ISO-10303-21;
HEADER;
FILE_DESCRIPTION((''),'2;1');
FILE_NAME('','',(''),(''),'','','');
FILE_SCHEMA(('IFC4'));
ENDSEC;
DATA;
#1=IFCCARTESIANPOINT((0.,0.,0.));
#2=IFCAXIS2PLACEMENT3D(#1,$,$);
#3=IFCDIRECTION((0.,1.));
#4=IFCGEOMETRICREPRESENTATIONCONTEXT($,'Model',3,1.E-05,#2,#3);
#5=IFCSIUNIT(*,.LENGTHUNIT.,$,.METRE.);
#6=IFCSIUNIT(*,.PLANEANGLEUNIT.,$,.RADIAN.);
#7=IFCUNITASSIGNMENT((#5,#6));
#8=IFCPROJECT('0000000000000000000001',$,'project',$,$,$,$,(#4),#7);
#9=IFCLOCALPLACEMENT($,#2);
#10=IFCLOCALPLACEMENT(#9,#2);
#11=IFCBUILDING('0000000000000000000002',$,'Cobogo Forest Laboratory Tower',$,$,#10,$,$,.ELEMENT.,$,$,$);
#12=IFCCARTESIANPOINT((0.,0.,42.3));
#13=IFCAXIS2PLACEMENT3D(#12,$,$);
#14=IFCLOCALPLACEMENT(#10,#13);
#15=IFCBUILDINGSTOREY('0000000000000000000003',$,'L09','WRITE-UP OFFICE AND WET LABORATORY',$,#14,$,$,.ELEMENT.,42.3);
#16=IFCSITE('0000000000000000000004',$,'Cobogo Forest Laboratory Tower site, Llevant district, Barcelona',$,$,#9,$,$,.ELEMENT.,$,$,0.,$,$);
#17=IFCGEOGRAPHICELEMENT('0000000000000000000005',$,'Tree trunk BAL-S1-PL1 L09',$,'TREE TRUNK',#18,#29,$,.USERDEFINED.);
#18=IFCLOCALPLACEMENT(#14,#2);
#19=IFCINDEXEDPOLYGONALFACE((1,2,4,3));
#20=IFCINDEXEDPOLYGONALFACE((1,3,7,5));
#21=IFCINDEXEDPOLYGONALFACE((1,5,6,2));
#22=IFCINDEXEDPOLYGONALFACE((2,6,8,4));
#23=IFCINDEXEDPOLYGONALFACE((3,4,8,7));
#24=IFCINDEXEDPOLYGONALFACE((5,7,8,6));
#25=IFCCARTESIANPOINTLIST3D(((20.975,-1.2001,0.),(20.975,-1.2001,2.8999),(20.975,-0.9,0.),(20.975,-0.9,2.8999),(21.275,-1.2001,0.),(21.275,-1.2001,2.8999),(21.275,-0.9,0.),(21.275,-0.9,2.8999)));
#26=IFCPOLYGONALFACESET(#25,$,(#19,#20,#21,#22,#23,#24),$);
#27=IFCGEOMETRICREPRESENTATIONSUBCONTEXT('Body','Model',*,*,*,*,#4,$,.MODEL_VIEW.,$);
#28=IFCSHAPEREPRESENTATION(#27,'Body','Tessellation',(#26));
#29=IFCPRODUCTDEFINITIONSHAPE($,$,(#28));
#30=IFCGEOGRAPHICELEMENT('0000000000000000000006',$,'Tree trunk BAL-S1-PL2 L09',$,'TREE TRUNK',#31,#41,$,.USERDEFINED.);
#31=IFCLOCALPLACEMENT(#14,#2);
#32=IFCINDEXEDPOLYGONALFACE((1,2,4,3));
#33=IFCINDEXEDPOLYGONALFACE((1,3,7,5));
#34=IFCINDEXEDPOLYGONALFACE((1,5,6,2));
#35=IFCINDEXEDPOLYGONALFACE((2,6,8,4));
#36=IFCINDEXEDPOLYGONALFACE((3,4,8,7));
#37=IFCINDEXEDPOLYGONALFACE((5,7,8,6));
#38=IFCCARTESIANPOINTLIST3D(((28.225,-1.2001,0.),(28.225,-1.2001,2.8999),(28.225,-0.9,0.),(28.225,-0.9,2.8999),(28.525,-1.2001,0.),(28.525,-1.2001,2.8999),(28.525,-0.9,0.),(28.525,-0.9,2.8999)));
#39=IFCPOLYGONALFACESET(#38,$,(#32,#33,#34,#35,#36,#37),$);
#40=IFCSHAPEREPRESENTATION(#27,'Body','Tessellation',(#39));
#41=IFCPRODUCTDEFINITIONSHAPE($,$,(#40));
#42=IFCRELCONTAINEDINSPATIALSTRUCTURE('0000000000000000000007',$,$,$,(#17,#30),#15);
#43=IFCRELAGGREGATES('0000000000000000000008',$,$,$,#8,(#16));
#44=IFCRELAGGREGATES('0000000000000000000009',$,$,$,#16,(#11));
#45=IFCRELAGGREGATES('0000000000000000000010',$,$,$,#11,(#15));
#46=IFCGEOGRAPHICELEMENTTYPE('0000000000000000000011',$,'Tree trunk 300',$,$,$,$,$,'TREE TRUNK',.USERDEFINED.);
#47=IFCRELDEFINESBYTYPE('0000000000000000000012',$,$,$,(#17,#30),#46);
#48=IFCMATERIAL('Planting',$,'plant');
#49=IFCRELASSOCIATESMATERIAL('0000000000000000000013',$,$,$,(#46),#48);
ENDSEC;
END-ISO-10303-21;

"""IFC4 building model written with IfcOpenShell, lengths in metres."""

from ifc_helpers import new_model, si_unit, direction, frame, origin, origin_2d, place, context, subcontext, project, spatial, rectangle, extrude, material, type_object, element, save


model = new_model("IFC4")

# Units and contexts
model_context = context("Model", 3, precision=1e-05, world=origin(), true_north=direction((0.0, 1.0)))
body_context = subcontext(model_context, "Body", "Model", "MODEL_VIEW")
ifc_project = project(units=[si_unit("LENGTHUNIT", "METRE"), si_unit("PLANEANGLEUNIT", "RADIAN")], contexts=[model_context])

# Site, building, storey
site_placement = place(None, origin())
site = spatial("IfcSite", under=ifc_project, at=site_placement, Name="Cobogo Forest Laboratory Tower site, Llevant district, Barcelona", CompositionType="ELEMENT", RefElevation=0.0)
building_placement = place(site_placement, origin())
building = spatial("IfcBuilding", under=site, at=building_placement, Name="Cobogo Forest Laboratory Tower", CompositionType="ELEMENT")
storey_placement = place(building_placement, frame((0.0, 0.0, 42.3)))
storey = spatial("IfcBuildingStorey", under=building, at=storey_placement, Name="L09", Description="WRITE-UP OFFICE AND WET LABORATORY", CompositionType="ELEMENT", Elevation=42.3)

# Geographic elements
ifc_material_1 = material(Name="Planting", Category="plant")
geographic_element_type = type_object("IfcGeographicElementType", Name="Tree trunk 300", ElementType="TREE TRUNK", PredefinedType="USERDEFINED", material=ifc_material_1)
for number, where, z_axis, x_axis, name in (
    (1, (21.125, -1.05, 0.0), (0.0, 0.0, 1.0), (1.0, 0.0, 0.0), "Tree trunk BAL-S1-PL1 L09"),
    (2, (28.375, -1.05, 0.0), (0.0, 0.0, 1.0), (1.0, 0.0, 0.0), "Tree trunk BAL-S1-PL2 L09"),
):
    element("IfcGeographicElement", number, at=place(storey_placement, frame(where, z_axis=z_axis, x_axis=x_axis)), inside=storey, type_object=geographic_element_type, Name=name, ObjectType="TREE TRUNK", PredefinedType="USERDEFINED", context=body_context, shape_type="SweptSolid", body=[
        extrude(rectangle(XDim=0.3, YDim=0.3, at=origin_2d()), origin(), (0.0, 0.0, 1.0), 2.8999),
    ])

save(model, "model.ifc")
